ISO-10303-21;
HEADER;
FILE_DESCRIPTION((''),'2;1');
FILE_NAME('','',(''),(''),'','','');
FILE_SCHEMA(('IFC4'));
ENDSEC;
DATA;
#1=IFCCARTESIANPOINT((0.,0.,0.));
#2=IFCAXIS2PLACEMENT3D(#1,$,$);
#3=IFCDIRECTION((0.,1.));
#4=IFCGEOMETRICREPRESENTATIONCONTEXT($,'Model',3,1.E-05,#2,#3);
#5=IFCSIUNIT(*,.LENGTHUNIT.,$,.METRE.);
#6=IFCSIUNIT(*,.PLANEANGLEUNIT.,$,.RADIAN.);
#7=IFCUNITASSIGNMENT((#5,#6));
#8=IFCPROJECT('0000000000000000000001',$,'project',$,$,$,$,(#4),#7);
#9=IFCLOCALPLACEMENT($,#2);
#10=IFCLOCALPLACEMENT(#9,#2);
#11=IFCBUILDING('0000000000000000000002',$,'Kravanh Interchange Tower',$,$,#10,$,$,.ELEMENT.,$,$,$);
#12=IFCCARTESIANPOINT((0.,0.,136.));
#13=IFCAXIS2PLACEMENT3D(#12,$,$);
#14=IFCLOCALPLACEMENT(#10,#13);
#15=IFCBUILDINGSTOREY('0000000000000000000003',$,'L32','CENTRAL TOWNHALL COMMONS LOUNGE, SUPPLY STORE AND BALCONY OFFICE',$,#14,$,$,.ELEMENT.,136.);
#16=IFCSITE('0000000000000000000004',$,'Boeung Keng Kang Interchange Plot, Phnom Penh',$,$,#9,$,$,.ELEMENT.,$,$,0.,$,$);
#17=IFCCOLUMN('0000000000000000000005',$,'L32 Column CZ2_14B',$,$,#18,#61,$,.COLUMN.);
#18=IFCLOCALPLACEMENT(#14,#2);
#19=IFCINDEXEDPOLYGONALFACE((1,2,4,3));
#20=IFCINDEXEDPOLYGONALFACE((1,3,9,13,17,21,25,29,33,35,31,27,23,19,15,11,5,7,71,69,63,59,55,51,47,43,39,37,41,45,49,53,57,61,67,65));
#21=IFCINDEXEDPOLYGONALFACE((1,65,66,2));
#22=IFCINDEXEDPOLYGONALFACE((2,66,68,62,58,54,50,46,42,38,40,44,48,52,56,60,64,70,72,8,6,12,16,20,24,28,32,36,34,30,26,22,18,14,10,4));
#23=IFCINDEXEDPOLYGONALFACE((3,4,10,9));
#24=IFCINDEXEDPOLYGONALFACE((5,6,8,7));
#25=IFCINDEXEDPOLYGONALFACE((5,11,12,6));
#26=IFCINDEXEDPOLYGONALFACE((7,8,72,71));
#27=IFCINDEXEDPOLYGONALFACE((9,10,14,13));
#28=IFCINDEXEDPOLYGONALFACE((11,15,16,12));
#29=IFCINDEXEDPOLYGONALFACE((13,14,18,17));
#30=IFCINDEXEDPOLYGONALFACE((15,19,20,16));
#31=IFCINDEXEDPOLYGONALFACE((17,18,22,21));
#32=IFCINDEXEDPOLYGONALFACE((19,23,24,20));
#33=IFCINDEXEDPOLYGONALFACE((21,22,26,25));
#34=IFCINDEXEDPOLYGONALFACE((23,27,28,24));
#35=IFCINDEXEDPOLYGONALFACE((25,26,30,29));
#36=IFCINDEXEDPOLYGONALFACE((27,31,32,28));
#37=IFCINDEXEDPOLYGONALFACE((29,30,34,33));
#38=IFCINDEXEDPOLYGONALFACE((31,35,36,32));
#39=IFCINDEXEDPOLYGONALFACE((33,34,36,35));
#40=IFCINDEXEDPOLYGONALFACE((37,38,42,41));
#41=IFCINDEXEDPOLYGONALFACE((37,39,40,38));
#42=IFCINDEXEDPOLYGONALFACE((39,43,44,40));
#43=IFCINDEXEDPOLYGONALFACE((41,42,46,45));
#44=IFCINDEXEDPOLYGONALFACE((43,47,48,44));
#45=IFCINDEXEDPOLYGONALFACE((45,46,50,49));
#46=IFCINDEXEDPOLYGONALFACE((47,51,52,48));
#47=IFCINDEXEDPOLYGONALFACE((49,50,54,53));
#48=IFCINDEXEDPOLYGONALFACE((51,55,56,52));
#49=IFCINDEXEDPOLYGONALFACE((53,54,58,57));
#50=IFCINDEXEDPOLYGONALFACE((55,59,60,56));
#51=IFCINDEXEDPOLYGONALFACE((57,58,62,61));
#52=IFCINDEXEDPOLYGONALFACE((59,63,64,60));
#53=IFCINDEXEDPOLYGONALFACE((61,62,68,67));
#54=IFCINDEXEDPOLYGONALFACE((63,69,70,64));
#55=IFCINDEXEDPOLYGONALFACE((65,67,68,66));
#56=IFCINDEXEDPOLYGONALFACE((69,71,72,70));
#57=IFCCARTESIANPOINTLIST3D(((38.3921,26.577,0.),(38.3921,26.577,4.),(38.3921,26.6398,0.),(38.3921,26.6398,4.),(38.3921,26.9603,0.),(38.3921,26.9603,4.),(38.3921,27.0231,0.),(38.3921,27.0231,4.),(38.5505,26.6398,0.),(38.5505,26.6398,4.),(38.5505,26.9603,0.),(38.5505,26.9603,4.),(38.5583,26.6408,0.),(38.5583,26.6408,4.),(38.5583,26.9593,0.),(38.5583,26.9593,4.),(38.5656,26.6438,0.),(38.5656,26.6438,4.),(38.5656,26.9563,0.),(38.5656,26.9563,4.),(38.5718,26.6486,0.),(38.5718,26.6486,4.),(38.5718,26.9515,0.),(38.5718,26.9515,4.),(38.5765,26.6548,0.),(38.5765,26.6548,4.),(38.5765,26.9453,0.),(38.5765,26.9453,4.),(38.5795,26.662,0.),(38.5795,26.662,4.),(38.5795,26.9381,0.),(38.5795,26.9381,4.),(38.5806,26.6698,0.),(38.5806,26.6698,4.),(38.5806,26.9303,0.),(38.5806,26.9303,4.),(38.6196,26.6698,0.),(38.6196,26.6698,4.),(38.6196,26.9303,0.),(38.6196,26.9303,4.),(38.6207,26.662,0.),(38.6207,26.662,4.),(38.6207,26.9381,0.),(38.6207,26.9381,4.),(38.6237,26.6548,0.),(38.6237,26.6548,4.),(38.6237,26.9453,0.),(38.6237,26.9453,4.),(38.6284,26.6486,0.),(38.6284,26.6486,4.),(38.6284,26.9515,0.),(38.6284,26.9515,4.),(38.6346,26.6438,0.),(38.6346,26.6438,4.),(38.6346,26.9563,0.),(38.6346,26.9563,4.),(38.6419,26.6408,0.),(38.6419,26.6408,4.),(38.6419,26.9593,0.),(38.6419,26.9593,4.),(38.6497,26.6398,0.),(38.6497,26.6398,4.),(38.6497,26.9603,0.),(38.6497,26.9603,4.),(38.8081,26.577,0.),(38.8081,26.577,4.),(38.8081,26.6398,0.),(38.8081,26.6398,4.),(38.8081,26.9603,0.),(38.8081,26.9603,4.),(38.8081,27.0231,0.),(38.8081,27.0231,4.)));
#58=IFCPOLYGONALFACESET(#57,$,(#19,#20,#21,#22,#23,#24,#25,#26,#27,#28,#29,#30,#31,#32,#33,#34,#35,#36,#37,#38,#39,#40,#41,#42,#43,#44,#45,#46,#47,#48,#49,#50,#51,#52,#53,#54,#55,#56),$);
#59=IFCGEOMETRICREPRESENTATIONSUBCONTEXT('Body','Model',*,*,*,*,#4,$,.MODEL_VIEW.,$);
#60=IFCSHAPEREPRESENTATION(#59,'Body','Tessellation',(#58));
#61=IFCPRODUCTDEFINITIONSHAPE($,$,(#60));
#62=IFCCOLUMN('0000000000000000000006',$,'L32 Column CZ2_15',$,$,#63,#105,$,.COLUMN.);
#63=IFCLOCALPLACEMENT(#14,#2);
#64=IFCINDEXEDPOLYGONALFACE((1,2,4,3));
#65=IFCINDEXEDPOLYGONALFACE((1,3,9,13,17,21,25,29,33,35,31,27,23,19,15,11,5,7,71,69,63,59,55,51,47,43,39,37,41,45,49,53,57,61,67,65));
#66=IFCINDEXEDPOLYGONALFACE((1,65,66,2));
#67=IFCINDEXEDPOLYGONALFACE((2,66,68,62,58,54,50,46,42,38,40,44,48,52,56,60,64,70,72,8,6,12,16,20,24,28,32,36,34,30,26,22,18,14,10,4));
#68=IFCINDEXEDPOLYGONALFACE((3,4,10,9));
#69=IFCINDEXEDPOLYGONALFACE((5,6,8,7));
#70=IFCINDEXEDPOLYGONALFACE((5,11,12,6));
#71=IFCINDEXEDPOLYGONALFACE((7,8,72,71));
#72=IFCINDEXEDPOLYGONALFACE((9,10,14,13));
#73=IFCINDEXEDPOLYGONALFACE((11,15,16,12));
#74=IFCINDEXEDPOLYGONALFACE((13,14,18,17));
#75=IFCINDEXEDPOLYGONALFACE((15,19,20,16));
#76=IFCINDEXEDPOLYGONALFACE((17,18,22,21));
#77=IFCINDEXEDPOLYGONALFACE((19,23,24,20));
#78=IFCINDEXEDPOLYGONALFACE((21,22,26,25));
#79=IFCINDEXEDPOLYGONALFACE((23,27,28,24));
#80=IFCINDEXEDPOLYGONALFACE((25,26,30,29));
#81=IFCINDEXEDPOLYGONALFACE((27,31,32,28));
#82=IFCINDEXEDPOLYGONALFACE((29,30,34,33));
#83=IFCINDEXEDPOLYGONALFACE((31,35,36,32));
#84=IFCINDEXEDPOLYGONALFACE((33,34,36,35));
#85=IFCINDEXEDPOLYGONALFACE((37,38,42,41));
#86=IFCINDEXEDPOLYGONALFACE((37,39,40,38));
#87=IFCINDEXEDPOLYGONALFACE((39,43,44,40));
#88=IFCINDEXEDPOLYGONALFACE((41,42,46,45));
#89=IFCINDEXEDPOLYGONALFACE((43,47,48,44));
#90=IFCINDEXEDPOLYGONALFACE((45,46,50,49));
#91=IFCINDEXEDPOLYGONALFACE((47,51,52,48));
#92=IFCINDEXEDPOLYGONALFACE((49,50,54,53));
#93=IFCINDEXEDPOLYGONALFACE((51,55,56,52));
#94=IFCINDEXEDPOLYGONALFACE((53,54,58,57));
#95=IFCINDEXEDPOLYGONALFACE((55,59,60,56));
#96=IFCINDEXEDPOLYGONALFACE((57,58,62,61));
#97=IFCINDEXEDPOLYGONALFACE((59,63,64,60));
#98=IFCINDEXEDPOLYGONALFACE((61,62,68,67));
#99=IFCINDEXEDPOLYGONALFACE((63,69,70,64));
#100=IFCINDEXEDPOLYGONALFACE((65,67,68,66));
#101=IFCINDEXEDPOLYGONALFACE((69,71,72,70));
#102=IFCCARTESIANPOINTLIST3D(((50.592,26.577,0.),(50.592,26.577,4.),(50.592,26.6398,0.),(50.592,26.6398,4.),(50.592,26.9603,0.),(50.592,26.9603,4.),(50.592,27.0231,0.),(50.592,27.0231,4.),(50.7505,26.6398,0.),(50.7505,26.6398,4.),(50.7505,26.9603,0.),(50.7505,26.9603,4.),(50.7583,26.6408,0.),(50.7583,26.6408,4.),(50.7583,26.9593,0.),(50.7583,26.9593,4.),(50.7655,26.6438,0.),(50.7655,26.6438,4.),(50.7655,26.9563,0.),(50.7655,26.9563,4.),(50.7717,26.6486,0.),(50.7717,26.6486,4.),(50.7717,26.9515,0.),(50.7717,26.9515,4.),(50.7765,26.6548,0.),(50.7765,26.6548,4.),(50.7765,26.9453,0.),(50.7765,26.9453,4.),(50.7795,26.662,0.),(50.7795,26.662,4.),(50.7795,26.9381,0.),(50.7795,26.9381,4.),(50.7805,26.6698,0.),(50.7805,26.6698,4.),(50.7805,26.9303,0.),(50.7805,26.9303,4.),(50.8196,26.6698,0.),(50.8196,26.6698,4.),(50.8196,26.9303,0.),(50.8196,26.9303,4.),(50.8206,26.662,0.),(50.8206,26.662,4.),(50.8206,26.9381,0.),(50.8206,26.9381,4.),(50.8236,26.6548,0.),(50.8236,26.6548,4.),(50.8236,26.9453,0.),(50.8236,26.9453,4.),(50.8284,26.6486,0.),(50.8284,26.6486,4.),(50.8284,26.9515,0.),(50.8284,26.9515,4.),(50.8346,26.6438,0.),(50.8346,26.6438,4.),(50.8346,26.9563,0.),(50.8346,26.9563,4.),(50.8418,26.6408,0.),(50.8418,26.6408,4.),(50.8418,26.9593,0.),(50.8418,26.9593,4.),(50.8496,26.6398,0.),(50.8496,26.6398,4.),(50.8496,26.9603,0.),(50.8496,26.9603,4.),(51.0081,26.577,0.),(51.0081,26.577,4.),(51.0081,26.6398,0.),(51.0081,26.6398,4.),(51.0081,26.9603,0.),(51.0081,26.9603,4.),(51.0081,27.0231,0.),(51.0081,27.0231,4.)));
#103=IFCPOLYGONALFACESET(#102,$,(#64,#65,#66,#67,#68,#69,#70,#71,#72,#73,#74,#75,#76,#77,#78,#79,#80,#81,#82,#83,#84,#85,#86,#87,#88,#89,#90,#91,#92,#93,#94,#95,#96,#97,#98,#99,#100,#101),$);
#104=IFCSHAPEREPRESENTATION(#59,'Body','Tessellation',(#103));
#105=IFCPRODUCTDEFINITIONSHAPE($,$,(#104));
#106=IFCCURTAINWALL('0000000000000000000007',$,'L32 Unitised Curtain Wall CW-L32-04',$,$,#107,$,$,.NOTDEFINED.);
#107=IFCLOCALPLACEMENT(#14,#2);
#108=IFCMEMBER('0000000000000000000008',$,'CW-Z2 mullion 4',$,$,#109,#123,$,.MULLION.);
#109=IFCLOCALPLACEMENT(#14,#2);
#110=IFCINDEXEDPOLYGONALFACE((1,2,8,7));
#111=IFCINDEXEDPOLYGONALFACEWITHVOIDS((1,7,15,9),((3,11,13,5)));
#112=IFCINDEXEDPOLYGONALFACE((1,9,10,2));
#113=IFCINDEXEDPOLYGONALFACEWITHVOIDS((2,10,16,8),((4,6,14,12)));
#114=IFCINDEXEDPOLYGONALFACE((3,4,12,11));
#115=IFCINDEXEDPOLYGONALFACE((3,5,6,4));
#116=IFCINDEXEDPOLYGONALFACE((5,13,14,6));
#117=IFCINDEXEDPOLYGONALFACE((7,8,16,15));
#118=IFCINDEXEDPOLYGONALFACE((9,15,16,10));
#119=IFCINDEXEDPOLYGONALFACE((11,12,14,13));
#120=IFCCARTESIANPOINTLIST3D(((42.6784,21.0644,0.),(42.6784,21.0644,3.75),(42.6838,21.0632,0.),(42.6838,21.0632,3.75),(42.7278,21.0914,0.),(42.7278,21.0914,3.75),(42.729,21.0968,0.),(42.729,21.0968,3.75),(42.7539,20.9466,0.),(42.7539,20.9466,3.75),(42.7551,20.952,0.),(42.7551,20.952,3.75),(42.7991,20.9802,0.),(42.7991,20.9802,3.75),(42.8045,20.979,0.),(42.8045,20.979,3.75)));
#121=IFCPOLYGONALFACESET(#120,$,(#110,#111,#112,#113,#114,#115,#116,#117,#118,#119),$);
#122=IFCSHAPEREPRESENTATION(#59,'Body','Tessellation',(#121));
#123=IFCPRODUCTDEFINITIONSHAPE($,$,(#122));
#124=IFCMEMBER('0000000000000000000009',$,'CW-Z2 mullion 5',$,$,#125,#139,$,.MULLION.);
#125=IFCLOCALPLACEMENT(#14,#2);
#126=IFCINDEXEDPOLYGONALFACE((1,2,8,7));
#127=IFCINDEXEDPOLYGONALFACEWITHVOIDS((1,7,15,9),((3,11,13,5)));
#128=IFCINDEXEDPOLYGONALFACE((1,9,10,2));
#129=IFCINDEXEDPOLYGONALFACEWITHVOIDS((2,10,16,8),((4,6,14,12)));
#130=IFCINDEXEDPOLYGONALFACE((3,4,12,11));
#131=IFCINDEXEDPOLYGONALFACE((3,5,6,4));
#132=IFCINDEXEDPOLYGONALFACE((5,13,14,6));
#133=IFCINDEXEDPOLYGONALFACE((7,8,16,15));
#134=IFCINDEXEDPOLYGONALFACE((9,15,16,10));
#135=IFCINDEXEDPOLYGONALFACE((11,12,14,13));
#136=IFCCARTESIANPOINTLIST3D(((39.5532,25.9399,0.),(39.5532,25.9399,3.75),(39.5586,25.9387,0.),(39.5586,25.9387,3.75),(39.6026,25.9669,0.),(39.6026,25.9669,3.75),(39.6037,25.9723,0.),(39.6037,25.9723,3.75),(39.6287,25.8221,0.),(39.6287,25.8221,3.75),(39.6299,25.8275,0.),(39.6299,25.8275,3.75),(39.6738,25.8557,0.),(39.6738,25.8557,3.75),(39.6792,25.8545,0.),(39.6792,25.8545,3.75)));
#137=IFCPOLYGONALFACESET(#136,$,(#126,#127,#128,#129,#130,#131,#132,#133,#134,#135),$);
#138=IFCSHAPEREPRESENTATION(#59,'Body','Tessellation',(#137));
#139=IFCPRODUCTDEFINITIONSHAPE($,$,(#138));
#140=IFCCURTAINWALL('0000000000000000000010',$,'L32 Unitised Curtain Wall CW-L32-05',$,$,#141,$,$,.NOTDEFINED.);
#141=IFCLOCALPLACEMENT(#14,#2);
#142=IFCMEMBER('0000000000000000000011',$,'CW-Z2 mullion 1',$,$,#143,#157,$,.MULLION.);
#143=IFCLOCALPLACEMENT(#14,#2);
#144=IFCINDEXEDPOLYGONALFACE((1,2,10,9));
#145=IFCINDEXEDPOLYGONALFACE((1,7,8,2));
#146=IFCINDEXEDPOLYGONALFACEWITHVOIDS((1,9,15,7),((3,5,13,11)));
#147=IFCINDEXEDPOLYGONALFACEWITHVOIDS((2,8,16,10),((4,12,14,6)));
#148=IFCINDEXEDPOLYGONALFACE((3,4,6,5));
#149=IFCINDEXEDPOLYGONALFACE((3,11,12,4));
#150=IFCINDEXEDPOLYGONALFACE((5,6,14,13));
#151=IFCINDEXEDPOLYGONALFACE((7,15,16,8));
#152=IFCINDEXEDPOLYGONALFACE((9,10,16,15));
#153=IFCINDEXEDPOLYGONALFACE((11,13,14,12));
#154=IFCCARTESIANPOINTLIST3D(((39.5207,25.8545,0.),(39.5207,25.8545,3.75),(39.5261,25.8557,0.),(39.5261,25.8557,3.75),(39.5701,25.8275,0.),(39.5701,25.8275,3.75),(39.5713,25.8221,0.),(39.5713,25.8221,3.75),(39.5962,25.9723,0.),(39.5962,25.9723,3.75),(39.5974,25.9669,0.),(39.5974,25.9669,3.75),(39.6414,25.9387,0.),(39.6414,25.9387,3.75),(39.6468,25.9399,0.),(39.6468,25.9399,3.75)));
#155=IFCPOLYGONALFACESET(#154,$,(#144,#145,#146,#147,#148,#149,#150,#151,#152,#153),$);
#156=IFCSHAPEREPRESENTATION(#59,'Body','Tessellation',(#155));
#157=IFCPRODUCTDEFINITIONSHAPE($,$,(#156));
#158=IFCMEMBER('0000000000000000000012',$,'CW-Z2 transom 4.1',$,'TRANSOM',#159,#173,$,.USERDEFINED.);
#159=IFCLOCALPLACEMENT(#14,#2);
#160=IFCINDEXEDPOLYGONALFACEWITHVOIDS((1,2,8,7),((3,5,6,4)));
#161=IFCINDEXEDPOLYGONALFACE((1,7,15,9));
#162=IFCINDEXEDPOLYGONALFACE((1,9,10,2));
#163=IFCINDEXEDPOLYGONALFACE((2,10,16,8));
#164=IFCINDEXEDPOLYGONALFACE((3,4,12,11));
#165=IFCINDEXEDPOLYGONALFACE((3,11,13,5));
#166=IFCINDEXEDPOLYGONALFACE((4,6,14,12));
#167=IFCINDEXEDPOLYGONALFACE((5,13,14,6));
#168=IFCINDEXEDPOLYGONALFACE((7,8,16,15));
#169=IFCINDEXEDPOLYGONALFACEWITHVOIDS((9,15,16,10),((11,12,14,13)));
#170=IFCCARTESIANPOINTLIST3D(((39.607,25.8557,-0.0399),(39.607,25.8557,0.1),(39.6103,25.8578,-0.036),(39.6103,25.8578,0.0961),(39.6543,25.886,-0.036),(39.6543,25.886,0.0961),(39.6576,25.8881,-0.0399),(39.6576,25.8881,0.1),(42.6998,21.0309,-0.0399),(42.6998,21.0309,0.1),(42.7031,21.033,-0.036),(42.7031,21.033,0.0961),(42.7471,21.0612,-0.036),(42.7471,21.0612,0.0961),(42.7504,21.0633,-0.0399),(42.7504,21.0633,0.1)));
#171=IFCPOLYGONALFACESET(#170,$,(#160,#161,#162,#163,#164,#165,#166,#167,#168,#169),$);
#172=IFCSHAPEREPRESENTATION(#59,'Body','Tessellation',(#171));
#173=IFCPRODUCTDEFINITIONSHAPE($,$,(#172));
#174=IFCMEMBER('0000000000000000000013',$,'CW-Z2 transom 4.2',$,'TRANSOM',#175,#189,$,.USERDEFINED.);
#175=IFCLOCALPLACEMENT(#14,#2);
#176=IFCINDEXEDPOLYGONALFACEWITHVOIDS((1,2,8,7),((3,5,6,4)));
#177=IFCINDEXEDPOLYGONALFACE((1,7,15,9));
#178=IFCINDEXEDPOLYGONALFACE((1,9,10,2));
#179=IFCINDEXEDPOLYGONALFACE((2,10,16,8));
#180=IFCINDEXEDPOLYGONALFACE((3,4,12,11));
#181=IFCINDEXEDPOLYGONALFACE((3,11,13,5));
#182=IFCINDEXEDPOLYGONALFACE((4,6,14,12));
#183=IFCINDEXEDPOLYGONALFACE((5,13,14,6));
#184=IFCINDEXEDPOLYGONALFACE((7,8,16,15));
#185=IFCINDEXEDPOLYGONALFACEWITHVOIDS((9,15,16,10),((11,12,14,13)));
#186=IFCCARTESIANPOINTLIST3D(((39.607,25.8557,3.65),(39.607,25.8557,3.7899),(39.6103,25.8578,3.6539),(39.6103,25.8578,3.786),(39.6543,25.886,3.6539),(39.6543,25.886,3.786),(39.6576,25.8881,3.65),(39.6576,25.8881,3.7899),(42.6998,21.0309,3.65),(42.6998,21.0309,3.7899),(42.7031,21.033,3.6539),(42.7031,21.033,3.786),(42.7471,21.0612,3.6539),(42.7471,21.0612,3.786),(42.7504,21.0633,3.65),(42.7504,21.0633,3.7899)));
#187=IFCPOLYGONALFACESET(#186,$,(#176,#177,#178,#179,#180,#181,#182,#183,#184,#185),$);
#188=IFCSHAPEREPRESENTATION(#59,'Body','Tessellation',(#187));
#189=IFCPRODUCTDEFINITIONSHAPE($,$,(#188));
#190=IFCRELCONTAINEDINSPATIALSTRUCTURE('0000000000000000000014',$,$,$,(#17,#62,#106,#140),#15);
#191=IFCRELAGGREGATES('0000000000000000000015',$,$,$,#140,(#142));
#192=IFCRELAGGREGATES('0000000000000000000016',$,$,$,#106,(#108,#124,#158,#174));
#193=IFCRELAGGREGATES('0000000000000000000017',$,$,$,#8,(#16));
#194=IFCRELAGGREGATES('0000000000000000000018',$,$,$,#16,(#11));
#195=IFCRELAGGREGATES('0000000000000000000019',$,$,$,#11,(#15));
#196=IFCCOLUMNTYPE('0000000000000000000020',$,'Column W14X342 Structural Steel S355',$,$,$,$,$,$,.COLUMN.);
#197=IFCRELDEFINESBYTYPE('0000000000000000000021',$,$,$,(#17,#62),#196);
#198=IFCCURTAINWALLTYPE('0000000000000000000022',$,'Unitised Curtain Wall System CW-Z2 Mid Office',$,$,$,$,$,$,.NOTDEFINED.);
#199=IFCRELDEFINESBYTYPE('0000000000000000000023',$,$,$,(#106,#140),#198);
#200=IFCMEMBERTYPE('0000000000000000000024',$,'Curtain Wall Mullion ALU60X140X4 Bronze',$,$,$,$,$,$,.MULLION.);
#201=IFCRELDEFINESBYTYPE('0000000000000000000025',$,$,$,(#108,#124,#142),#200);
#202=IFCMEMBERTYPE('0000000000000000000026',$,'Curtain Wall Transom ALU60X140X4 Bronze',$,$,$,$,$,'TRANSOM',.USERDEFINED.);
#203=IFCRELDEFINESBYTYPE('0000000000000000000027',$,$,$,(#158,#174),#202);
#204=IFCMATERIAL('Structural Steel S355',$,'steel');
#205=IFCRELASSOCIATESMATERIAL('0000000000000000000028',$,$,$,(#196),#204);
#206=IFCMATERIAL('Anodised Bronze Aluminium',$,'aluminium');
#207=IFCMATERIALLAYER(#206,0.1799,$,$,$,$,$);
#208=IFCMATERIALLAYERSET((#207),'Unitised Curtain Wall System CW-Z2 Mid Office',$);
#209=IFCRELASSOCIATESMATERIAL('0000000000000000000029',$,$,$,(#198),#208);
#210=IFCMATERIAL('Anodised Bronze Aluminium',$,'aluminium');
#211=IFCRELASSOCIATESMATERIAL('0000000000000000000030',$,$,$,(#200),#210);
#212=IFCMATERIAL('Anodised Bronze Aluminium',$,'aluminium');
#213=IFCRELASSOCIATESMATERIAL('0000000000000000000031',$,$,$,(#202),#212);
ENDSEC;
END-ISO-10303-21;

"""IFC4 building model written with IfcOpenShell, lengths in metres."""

from ifc_helpers import new_model, si_unit, direction, frame, origin, origin_2d, place, context, subcontext, project, spatial, hollow_rectangle, i_section, extrude, material, layer, layer_set, material_profile, profile_set, type_object, element, aggregate, save


model = new_model("IFC4")

# Units and contexts
model_context = context("Model", 3, precision=1e-05, world=origin(), true_north=direction((0.0, 1.0)))
body_context = subcontext(model_context, "Body", "Model", "MODEL_VIEW")
ifc_project = project(units=[si_unit("LENGTHUNIT", "METRE"), si_unit("PLANEANGLEUNIT", "RADIAN")], contexts=[model_context])

# Site, building, storey
site_placement = place(None, origin())
site = spatial("IfcSite", under=ifc_project, at=site_placement, Name="Boeung Keng Kang Interchange Plot, Phnom Penh", CompositionType="ELEMENT", RefElevation=0.0)
building_placement = place(site_placement, origin())
building = spatial("IfcBuilding", under=site, at=building_placement, Name="Kravanh Interchange Tower", CompositionType="ELEMENT")
storey_placement = place(building_placement, frame((0.0, 0.0, 136.0)))
storey = spatial("IfcBuildingStorey", under=building, at=storey_placement, Name="L32", Description="CENTRAL TOWNHALL COMMONS LOUNGE, SUPPLY STORE AND BALCONY OFFICE", CompositionType="ELEMENT", Elevation=136.0)

# Columns
ifc_material_1 = material(Name="Structural Steel S355", Category="steel")
ifc_material_profile_1 = material_profile(ifc_material_1, i_section(OverallWidth=0.416, OverallDepth=0.446, WebThickness=0.0391, FlangeThickness=0.0627, FilletRadius=0.03, at=origin_2d()), Name="W14X342")
ifc_profile_set_1 = profile_set([ifc_material_profile_1], Name="Structural Steel S355")
column_type = type_object("IfcColumnType", Name="Column W14X342 Structural Steel S355", PredefinedType="COLUMN", material=ifc_profile_set_1)
for number, where, z_axis, x_axis, name in (
    (1, (38.6001, 26.8, 0.0), (0.0, 0.0, 1.0), (1.0, 0.0, 0.0), "L32 Column CZ2_14B"),
    (2, (50.8, 26.8, 0.0), (0.0, 0.0, 1.0), (1.0, 0.0, 0.0), "L32 Column CZ2_15"),
):
    element("IfcColumn", number, at=place(storey_placement, frame(where, z_axis=z_axis, x_axis=x_axis)), inside=storey, type_object=column_type, Name=name, PredefinedType="COLUMN", context=body_context, shape_type="SweptSolid", body=[
        extrude(i_section(OverallWidth=0.416, OverallDepth=0.446, WebThickness=0.0391, FlangeThickness=0.0627, FilletRadius=0.03, at=origin_2d()), origin(), (0.0, 0.0, 1.0), 4.0),
    ])

# Curtain wall, members
ifc_material_2 = material(Name="Anodised Bronze Aluminium", Category="aluminium")
ifc_layer_1 = layer(ifc_material_2, 0.1799)
ifc_layer_set_1 = layer_set([ifc_layer_1], Name="Unitised Curtain Wall System CW-Z2 Mid Office")
curtain_wall_type = type_object("IfcCurtainWallType", Name="Unitised Curtain Wall System CW-Z2 Mid Office", PredefinedType="NOTDEFINED", material=ifc_layer_set_1)
curtain_wall_1_placement = place(storey_placement, origin())
curtain_wall_1 = element("IfcCurtainWall", 3, at=curtain_wall_1_placement, inside=storey, type_object=curtain_wall_type, Name="L32 Unitised Curtain Wall CW-L32-04", PredefinedType="NOTDEFINED")
ifc_material_3 = material(Name="Anodised Bronze Aluminium", Category="aluminium")
ifc_material_profile_2 = material_profile(ifc_material_3, hollow_rectangle(XDim=0.0601, YDim=0.1399, WallThickness=0.0039, at=origin_2d()), Name="ALU60X140X4")
ifc_profile_set_2 = profile_set([ifc_material_profile_2], Name="Anodised Bronze Aluminium")
member_type_1 = type_object("IfcMemberType", Name="Curtain Wall Mullion ALU60X140X4 Bronze", PredefinedType="MULLION", material=ifc_profile_set_2)
member_1_placement = place(storey_placement, frame((42.7415, 21.0217, 0.0), z_axis=(0.0, 0.0, 1.0), x_axis=(-0.84188, -0.539665, 0.0)))
member_1 = element("IfcMember", 4, at=member_1_placement, type_object=member_type_1, Name="CW-Z2 mullion 4", PredefinedType="MULLION", context=body_context, shape_type="SweptSolid", body=[
    extrude(hollow_rectangle(XDim=0.0601, YDim=0.1399, WallThickness=0.0039, at=origin_2d()), origin(), (0.0, 0.0, 1.0), 3.75),
])
member_2_placement = place(storey_placement, frame((39.6162, 25.8972, 0.0), z_axis=(0.0, 0.0, 1.0), x_axis=(-0.84188, -0.539665, 0.0)))
member_2 = element("IfcMember", 5, at=member_2_placement, type_object=member_type_1, Name="CW-Z2 mullion 5", PredefinedType="MULLION", context=body_context, shape_type="SweptSolid", body=[
    extrude(hollow_rectangle(XDim=0.0601, YDim=0.1399, WallThickness=0.0039, at=origin_2d()), origin(), (0.0, 0.0, 1.0), 3.75),
])

# Curtain wall, member
curtain_wall_2_placement = place(storey_placement, origin())
curtain_wall_2 = element("IfcCurtainWall", 6, at=curtain_wall_2_placement, inside=storey, type_object=curtain_wall_type, Name="L32 Unitised Curtain Wall CW-L32-05", PredefinedType="NOTDEFINED")
member_3_placement = place(storey_placement, frame((39.5837, 25.8972, 0.0), z_axis=(0.0, 0.0, 1.0), x_axis=(0.84188, -0.539665, 0.0)))
member_3 = element("IfcMember", 7, at=member_3_placement, type_object=member_type_1, Name="CW-Z2 mullion 1", PredefinedType="MULLION", context=body_context, shape_type="SweptSolid", body=[
    extrude(hollow_rectangle(XDim=0.0601, YDim=0.1399, WallThickness=0.0039, at=origin_2d()), origin(), (0.0, 0.0, 1.0), 3.75),
])

# Members
ifc_material_4 = material(Name="Anodised Bronze Aluminium", Category="aluminium")
ifc_material_profile_3 = material_profile(ifc_material_4, hollow_rectangle(XDim=0.0601, YDim=0.1399, WallThickness=0.0039, at=origin_2d()), Name="ALU60X140X4")
ifc_profile_set_3 = profile_set([ifc_material_profile_3], Name="Anodised Bronze Aluminium")
member_type_2 = type_object("IfcMemberType", Name="Curtain Wall Transom ALU60X140X4 Bronze", ElementType="TRANSOM", PredefinedType="USERDEFINED", material=ifc_profile_set_3)
member_4_placement = place(storey_placement, frame((42.7251, 21.0471, 0.03), z_axis=(-0.539668, 0.841878, 0.0), x_axis=(-0.841878, -0.539668, 0.0)))
member_4 = element("IfcMember", 8, at=member_4_placement, type_object=member_type_2, Name="CW-Z2 transom 4.1", ObjectType="TRANSOM", PredefinedType="USERDEFINED", context=body_context, shape_type="SweptSolid", body=[
    extrude(hollow_rectangle(XDim=0.0601, YDim=0.1399, WallThickness=0.0039, at=origin_2d()), origin(), (0.0, 0.0, 1.0), 5.731),
])
member_5_placement = place(storey_placement, frame((42.7251, 21.0471, 3.72), z_axis=(-0.539668, 0.841878, 0.0), x_axis=(-0.841878, -0.539668, 0.0)))
member_5 = element("IfcMember", 9, at=member_5_placement, type_object=member_type_2, Name="CW-Z2 transom 4.2", ObjectType="TRANSOM", PredefinedType="USERDEFINED", context=body_context, shape_type="SweptSolid", body=[
    extrude(hollow_rectangle(XDim=0.0601, YDim=0.1399, WallThickness=0.0039, at=origin_2d()), origin(), (0.0, 0.0, 1.0), 5.731),
])
aggregate(curtain_wall_2, [member_3])

aggregate(curtain_wall_1, [member_1, member_2, member_4, member_5])

save(model, "model.ifc")
